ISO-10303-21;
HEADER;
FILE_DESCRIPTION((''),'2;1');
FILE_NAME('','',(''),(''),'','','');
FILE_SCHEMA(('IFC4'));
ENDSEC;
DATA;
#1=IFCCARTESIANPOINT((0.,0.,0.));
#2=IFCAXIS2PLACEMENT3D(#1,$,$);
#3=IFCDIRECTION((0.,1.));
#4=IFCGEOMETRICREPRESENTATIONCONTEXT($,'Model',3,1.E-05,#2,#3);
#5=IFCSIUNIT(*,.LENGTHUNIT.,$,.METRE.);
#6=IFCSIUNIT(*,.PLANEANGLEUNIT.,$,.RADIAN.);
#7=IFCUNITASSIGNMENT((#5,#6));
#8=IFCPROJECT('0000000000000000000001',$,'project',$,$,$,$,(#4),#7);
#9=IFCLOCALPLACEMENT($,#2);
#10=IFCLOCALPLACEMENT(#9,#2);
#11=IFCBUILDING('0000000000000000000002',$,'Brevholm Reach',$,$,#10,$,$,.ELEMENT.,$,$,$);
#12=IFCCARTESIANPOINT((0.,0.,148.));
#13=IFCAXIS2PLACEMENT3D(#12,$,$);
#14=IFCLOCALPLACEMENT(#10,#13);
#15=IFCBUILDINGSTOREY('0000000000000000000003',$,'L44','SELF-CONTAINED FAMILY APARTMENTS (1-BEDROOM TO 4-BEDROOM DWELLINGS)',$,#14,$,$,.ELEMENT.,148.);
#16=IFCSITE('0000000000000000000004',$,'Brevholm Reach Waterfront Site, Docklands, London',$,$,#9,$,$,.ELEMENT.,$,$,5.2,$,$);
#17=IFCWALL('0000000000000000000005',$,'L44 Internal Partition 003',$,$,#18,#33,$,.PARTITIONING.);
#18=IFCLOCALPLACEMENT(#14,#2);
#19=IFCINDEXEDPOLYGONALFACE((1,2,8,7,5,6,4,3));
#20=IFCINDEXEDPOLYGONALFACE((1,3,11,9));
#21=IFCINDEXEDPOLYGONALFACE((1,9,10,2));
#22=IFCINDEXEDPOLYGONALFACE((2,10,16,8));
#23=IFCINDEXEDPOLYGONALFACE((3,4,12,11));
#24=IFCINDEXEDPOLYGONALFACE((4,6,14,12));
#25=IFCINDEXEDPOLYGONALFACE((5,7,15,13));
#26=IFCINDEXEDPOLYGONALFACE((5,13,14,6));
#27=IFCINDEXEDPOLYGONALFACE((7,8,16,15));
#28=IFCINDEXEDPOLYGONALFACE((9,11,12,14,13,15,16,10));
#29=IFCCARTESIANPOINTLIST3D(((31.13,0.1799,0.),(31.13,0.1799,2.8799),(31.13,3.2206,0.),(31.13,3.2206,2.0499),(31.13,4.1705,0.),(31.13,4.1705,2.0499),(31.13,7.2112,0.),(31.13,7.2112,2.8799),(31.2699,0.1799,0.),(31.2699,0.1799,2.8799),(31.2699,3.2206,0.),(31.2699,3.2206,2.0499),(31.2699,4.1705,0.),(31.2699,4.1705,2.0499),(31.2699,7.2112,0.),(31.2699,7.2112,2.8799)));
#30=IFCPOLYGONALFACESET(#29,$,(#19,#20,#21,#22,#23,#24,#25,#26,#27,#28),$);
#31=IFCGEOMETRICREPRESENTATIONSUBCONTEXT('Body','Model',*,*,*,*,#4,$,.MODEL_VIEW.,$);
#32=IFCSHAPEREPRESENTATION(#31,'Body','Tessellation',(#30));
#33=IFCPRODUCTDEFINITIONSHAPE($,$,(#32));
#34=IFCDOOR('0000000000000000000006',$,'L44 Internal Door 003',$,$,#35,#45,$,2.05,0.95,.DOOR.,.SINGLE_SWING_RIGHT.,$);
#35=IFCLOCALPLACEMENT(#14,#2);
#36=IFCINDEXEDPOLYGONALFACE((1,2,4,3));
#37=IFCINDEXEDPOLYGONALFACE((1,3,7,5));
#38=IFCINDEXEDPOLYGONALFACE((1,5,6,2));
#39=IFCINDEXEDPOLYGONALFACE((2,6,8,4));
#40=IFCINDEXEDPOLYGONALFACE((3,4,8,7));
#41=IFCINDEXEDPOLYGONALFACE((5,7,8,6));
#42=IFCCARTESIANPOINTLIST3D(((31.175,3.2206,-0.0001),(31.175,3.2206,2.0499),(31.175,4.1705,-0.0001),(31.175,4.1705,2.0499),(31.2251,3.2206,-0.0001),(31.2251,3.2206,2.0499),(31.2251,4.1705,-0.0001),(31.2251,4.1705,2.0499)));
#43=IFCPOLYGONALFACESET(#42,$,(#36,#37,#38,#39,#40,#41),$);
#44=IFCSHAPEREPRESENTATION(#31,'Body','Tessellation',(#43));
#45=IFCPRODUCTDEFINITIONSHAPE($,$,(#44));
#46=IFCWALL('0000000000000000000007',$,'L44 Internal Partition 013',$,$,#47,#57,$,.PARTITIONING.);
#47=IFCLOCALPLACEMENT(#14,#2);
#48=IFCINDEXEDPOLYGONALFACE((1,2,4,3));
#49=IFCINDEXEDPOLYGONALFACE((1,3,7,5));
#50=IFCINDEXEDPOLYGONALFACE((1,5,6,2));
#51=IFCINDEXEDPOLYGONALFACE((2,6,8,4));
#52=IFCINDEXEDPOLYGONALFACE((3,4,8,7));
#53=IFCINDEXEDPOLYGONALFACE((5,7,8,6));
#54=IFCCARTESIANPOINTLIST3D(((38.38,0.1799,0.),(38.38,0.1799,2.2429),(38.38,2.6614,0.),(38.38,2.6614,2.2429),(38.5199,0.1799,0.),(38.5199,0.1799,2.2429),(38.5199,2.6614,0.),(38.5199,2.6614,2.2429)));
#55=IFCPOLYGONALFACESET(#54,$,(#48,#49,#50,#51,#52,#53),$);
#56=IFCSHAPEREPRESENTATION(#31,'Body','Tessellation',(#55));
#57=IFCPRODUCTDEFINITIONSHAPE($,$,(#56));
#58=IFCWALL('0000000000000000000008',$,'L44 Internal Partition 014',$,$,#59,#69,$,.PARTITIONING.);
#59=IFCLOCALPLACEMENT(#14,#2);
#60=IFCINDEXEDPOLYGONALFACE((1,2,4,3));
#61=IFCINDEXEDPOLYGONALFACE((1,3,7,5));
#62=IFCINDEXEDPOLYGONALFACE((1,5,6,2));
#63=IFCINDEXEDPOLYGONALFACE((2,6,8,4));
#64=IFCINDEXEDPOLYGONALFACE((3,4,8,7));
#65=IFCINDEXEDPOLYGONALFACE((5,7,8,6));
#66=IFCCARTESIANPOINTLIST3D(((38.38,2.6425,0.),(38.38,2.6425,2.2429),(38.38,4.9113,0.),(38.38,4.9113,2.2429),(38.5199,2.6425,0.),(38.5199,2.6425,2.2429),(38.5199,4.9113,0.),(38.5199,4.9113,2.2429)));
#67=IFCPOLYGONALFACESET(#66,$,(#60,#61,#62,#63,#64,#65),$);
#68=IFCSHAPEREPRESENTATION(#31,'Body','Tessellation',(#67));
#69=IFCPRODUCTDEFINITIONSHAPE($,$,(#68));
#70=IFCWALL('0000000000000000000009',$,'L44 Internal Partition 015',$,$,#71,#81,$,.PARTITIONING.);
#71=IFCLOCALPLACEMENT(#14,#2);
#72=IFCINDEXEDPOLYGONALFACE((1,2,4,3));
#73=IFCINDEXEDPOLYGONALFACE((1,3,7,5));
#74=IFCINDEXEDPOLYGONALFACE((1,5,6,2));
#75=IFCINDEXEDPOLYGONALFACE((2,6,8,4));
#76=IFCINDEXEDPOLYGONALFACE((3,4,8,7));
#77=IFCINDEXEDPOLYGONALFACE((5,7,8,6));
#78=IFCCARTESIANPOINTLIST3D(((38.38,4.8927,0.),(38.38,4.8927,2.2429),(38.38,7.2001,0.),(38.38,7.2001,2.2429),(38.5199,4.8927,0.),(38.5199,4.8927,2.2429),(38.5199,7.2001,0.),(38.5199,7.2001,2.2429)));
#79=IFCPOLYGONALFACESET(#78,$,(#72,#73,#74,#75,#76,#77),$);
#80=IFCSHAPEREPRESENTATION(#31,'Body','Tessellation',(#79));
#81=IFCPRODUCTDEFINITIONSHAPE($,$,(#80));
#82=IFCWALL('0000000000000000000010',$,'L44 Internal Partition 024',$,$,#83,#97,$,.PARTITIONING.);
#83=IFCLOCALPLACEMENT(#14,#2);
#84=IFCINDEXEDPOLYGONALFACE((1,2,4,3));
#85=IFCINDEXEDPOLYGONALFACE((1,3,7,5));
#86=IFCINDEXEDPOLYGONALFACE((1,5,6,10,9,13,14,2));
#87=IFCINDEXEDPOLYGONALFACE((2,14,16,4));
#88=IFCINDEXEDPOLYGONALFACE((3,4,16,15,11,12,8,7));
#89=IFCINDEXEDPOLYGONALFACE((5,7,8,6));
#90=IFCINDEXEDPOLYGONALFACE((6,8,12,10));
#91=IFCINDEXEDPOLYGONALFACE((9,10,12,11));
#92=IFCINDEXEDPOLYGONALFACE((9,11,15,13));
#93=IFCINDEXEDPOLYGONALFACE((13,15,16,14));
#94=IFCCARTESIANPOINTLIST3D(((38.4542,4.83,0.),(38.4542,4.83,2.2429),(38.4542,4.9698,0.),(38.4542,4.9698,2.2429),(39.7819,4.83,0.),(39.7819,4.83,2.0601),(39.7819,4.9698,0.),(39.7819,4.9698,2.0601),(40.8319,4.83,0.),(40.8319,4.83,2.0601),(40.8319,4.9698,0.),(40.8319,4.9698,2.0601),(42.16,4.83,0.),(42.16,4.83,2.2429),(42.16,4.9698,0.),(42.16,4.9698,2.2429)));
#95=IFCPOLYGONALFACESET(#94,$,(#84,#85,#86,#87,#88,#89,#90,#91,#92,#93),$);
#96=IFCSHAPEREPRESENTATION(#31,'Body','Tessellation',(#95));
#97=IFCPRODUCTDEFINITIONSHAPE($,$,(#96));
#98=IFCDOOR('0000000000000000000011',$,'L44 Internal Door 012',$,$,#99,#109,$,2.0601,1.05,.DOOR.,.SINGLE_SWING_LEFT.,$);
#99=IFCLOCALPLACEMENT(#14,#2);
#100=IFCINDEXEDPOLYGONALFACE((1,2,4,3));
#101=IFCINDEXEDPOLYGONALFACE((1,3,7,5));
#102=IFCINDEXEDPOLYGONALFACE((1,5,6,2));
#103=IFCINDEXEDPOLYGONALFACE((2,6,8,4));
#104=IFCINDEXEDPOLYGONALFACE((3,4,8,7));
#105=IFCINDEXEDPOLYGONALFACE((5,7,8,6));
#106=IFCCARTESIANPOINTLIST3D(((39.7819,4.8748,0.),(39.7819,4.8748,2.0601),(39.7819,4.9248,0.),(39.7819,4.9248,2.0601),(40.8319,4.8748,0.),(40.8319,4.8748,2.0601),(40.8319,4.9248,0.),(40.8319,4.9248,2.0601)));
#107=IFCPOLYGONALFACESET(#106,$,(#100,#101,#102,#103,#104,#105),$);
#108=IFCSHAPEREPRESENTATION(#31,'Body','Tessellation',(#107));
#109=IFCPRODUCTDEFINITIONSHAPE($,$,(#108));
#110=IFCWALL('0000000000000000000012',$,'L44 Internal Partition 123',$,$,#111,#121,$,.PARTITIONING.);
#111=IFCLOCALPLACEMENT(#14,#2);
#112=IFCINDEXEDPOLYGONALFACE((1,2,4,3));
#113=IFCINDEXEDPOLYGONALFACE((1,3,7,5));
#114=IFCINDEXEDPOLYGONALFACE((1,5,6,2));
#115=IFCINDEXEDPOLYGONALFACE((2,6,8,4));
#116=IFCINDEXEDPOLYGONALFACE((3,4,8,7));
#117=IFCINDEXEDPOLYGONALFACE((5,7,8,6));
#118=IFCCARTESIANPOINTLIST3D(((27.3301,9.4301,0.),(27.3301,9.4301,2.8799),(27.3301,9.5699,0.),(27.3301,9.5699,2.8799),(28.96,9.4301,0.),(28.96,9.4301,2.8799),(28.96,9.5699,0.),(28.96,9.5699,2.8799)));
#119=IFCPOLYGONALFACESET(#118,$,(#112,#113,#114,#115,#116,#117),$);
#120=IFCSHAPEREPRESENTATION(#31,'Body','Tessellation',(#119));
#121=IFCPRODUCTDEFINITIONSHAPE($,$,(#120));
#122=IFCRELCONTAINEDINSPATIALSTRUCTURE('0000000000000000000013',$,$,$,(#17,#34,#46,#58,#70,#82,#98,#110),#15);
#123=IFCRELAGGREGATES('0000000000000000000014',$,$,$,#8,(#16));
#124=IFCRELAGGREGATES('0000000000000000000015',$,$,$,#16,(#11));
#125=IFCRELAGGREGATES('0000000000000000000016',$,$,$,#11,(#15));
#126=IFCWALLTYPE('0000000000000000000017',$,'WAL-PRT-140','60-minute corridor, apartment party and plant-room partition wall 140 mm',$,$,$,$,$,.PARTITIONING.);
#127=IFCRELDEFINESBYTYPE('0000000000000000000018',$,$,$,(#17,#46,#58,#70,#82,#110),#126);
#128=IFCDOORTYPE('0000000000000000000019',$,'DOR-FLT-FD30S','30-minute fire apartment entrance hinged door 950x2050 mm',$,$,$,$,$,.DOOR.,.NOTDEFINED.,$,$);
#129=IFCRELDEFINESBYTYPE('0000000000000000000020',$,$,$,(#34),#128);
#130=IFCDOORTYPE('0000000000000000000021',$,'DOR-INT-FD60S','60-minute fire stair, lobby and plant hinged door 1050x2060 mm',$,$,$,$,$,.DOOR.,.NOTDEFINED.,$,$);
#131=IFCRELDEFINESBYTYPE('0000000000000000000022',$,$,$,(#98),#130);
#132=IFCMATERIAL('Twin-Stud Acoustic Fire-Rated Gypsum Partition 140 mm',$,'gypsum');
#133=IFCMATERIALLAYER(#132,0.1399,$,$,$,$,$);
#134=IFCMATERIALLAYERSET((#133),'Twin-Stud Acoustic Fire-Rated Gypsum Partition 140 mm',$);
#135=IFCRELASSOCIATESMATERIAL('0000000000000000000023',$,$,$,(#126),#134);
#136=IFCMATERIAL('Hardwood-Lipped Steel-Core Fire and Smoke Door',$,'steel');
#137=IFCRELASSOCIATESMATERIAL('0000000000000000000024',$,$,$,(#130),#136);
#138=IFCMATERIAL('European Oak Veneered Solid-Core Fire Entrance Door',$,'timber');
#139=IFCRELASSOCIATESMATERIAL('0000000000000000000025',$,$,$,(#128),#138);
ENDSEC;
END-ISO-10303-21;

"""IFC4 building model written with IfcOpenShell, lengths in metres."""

from ifc_helpers import new_model, si_unit, direction, frame, frame_2d, origin, place, context, subcontext, project, spatial, rectangle, extrude, material, layer, layer_set, type_object, element, fill, save


model = new_model("IFC4")

# Units and contexts
model_context = context("Model", 3, precision=1e-05, world=origin(), true_north=direction((0.0, 1.0)))
body_context = subcontext(model_context, "Body", "Model", "MODEL_VIEW")
ifc_project = project(units=[si_unit("LENGTHUNIT", "METRE"), si_unit("PLANEANGLEUNIT", "RADIAN")], contexts=[model_context])

# Site, building, storey
site_placement = place(None, origin())
site = spatial("IfcSite", under=ifc_project, at=site_placement, Name="Brevholm Reach Waterfront Site, Docklands, London", CompositionType="ELEMENT", RefElevation=5.2)
building_placement = place(site_placement, origin())
building = spatial("IfcBuilding", under=site, at=building_placement, Name="Brevholm Reach", CompositionType="ELEMENT")
storey_placement = place(building_placement, frame((0.0, 0.0, 148.0)))
storey = spatial("IfcBuildingStorey", under=building, at=storey_placement, Name="L44", Description="SELF-CONTAINED FAMILY APARTMENTS (1-BEDROOM TO 4-BEDROOM DWELLINGS)", CompositionType="ELEMENT", Elevation=148.0)

# Wall, opening, door
ifc_material_1 = material(Name="Twin-Stud Acoustic Fire-Rated Gypsum Partition 140 mm", Category="gypsum")
ifc_layer_1 = layer(ifc_material_1, 0.1399)
ifc_layer_set_1 = layer_set([ifc_layer_1], Name="Twin-Stud Acoustic Fire-Rated Gypsum Partition 140 mm")
wall_type_1 = type_object("IfcWallType", Name="WAL-PRT-140", Description="60-minute corridor, apartment party and plant-room partition wall 140 mm", PredefinedType="PARTITIONING", material=ifc_layer_set_1)
ifc_material_2 = material(Name="Hardwood-Lipped Steel-Core Fire and Smoke Door", Category="steel")
door_type_1 = type_object("IfcDoorType", Name="DOR-INT-FD60S", Description="60-minute fire stair, lobby and plant hinged door 1050x2060 mm", OperationType="NOTDEFINED", PredefinedType="DOOR", material=ifc_material_2)
wall_1_placement = place(storey_placement, frame((31.2, 0.1799, 0.0), z_axis=(0.0, 0.0, 1.0), x_axis=(0.0, 1.0, 0.0)))
wall_1 = element("IfcWall", 1, at=wall_1_placement, inside=storey, type_object=wall_type_1, Name="L44 Internal Partition 003", PredefinedType="PARTITIONING", context=body_context, shape_type="SweptSolid", body=[
    extrude(rectangle(XDim=7.0312, YDim=0.1399, at=frame_2d((3.5156, 0.0))), origin(), (0.0, 0.0, 1.0), 2.8799),
])
opening_1_placement = place(wall_1_placement, frame((3.0405, 0.0, 0.0)))
opening_1 = element("IfcOpeningElement", 2, at=opening_1_placement, cuts=wall_1, PredefinedType="OPENING", context=body_context, shape_type="SweptSolid", body=[
    extrude(rectangle(XDim=0.95, YDim=2.05, at=frame_2d((0.4751, 1.0249))), frame((0.0, 0.0798, 0.0), z_axis=(0.0, -1.0, 0.0), x_axis=(1.0, 0.0, 0.0)), (0.0, 0.0, 1.0), 0.1599),
])
ifc_material_3 = material(Name="European Oak Veneered Solid-Core Fire Entrance Door", Category="timber")
door_type_2 = type_object("IfcDoorType", Name="DOR-FLT-FD30S", Description="30-minute fire apartment entrance hinged door 950x2050 mm", OperationType="NOTDEFINED", PredefinedType="DOOR", material=ifc_material_3)
door_1_placement = place(opening_1_placement, origin())
door_1 = element("IfcDoor", 3, at=door_1_placement, inside=storey, type_object=door_type_2, Name="L44 Internal Door 003", OperationType="SINGLE_SWING_RIGHT", OverallHeight=2.05, OverallWidth=0.95, PredefinedType="DOOR", context=body_context, shape_type="SweptSolid", body=[
    extrude(rectangle(XDim=0.95, YDim=2.05, at=frame_2d((0.4751, 1.0249))), frame((0.0, 0.0249, 0.0), z_axis=(0.0, -1.0, 0.0), x_axis=(1.0, 0.0, 0.0)), (0.0, 0.0, 1.0), 0.05),
])
fill(opening_1, door_1)

# Walls
wall_2_placement = place(storey_placement, frame((38.45, 0.1799, 0.0), z_axis=(0.0, 0.0, 1.0), x_axis=(0.0, 1.0, 0.0)))
element("IfcWall", 4, at=wall_2_placement, inside=storey, type_object=wall_type_1, Name="L44 Internal Partition 013", PredefinedType="PARTITIONING", context=body_context, shape_type="SweptSolid", body=[
    extrude(rectangle(XDim=2.4814, YDim=0.1399, at=frame_2d((1.2407, 0.0))), origin(), (0.0, 0.0, 1.0), 2.2429),
])
wall_3_placement = place(storey_placement, frame((38.45, 2.6426, 0.0), z_axis=(0.0, 0.0, 1.0), x_axis=(0.0, 1.0, 0.0)))
element("IfcWall", 5, at=wall_3_placement, inside=storey, type_object=wall_type_1, Name="L44 Internal Partition 014", PredefinedType="PARTITIONING", context=body_context, shape_type="SweptSolid", body=[
    extrude(rectangle(XDim=2.2688, YDim=0.1399, at=frame_2d((1.1343, 0.0))), origin(), (0.0, 0.0, 1.0), 2.2429),
])
wall_4_placement = place(storey_placement, frame((38.45, 4.8926, 0.0), z_axis=(0.0, 0.0, 1.0), x_axis=(0.0, 1.0, 0.0)))
element("IfcWall", 6, at=wall_4_placement, inside=storey, type_object=wall_type_1, Name="L44 Internal Partition 015", PredefinedType="PARTITIONING", context=body_context, shape_type="SweptSolid", body=[
    extrude(rectangle(XDim=2.3074, YDim=0.1399, at=frame_2d((1.1538, 0.0))), origin(), (0.0, 0.0, 1.0), 2.2429),
])

# Wall, opening, door
wall_5_placement = place(storey_placement, frame((38.4541, 4.8999, 0.0), z_axis=(0.0, 0.0, 1.0), x_axis=(1.0, 0.0, 0.0)))
wall_5 = element("IfcWall", 7, at=wall_5_placement, inside=storey, type_object=wall_type_1, Name="L44 Internal Partition 024", PredefinedType="PARTITIONING", context=body_context, shape_type="SweptSolid", body=[
    extrude(rectangle(XDim=3.7058, YDim=0.1399, at=frame_2d((1.853, 0.0))), origin(), (0.0, 0.0, 1.0), 2.2429),
])
opening_2_placement = place(wall_5_placement, frame((1.3279, 0.0, 0.0)))
opening_2 = element("IfcOpeningElement", 8, at=opening_2_placement, cuts=wall_5, PredefinedType="OPENING", context=body_context, shape_type="SweptSolid", body=[
    extrude(rectangle(XDim=1.05, YDim=2.0601, at=frame_2d((0.5249, 1.03))), frame((0.0, 0.0798, 0.0), z_axis=(0.0, -1.0, 0.0), x_axis=(1.0, 0.0, 0.0)), (0.0, 0.0, 1.0), 0.1599),
])
door_2_placement = place(opening_2_placement, origin())
door_2 = element("IfcDoor", 9, at=door_2_placement, inside=storey, type_object=door_type_1, Name="L44 Internal Door 012", OperationType="SINGLE_SWING_LEFT", OverallHeight=2.0601, OverallWidth=1.05, PredefinedType="DOOR", context=body_context, shape_type="SweptSolid", body=[
    extrude(rectangle(XDim=1.05, YDim=2.0601, at=frame_2d((0.5249, 1.03))), frame((0.0, 0.0249, 0.0), z_axis=(0.0, -1.0, 0.0), x_axis=(1.0, 0.0, 0.0)), (0.0, 0.0, 1.0), 0.05),
])
fill(opening_2, door_2)

# Wall
wall_6_placement = place(storey_placement, frame((27.3301, 9.5, 0.0), z_axis=(0.0, 0.0, 1.0), x_axis=(1.0, 0.0, 0.0)))
element("IfcWall", 10, at=wall_6_placement, inside=storey, type_object=wall_type_1, Name="L44 Internal Partition 123", PredefinedType="PARTITIONING", context=body_context, shape_type="SweptSolid", body=[
    extrude(rectangle(XDim=1.6299, YDim=0.1399, at=frame_2d((0.8149, 0.0))), origin(), (0.0, 0.0, 1.0), 2.8799),
])

save(model, "model.ifc")
